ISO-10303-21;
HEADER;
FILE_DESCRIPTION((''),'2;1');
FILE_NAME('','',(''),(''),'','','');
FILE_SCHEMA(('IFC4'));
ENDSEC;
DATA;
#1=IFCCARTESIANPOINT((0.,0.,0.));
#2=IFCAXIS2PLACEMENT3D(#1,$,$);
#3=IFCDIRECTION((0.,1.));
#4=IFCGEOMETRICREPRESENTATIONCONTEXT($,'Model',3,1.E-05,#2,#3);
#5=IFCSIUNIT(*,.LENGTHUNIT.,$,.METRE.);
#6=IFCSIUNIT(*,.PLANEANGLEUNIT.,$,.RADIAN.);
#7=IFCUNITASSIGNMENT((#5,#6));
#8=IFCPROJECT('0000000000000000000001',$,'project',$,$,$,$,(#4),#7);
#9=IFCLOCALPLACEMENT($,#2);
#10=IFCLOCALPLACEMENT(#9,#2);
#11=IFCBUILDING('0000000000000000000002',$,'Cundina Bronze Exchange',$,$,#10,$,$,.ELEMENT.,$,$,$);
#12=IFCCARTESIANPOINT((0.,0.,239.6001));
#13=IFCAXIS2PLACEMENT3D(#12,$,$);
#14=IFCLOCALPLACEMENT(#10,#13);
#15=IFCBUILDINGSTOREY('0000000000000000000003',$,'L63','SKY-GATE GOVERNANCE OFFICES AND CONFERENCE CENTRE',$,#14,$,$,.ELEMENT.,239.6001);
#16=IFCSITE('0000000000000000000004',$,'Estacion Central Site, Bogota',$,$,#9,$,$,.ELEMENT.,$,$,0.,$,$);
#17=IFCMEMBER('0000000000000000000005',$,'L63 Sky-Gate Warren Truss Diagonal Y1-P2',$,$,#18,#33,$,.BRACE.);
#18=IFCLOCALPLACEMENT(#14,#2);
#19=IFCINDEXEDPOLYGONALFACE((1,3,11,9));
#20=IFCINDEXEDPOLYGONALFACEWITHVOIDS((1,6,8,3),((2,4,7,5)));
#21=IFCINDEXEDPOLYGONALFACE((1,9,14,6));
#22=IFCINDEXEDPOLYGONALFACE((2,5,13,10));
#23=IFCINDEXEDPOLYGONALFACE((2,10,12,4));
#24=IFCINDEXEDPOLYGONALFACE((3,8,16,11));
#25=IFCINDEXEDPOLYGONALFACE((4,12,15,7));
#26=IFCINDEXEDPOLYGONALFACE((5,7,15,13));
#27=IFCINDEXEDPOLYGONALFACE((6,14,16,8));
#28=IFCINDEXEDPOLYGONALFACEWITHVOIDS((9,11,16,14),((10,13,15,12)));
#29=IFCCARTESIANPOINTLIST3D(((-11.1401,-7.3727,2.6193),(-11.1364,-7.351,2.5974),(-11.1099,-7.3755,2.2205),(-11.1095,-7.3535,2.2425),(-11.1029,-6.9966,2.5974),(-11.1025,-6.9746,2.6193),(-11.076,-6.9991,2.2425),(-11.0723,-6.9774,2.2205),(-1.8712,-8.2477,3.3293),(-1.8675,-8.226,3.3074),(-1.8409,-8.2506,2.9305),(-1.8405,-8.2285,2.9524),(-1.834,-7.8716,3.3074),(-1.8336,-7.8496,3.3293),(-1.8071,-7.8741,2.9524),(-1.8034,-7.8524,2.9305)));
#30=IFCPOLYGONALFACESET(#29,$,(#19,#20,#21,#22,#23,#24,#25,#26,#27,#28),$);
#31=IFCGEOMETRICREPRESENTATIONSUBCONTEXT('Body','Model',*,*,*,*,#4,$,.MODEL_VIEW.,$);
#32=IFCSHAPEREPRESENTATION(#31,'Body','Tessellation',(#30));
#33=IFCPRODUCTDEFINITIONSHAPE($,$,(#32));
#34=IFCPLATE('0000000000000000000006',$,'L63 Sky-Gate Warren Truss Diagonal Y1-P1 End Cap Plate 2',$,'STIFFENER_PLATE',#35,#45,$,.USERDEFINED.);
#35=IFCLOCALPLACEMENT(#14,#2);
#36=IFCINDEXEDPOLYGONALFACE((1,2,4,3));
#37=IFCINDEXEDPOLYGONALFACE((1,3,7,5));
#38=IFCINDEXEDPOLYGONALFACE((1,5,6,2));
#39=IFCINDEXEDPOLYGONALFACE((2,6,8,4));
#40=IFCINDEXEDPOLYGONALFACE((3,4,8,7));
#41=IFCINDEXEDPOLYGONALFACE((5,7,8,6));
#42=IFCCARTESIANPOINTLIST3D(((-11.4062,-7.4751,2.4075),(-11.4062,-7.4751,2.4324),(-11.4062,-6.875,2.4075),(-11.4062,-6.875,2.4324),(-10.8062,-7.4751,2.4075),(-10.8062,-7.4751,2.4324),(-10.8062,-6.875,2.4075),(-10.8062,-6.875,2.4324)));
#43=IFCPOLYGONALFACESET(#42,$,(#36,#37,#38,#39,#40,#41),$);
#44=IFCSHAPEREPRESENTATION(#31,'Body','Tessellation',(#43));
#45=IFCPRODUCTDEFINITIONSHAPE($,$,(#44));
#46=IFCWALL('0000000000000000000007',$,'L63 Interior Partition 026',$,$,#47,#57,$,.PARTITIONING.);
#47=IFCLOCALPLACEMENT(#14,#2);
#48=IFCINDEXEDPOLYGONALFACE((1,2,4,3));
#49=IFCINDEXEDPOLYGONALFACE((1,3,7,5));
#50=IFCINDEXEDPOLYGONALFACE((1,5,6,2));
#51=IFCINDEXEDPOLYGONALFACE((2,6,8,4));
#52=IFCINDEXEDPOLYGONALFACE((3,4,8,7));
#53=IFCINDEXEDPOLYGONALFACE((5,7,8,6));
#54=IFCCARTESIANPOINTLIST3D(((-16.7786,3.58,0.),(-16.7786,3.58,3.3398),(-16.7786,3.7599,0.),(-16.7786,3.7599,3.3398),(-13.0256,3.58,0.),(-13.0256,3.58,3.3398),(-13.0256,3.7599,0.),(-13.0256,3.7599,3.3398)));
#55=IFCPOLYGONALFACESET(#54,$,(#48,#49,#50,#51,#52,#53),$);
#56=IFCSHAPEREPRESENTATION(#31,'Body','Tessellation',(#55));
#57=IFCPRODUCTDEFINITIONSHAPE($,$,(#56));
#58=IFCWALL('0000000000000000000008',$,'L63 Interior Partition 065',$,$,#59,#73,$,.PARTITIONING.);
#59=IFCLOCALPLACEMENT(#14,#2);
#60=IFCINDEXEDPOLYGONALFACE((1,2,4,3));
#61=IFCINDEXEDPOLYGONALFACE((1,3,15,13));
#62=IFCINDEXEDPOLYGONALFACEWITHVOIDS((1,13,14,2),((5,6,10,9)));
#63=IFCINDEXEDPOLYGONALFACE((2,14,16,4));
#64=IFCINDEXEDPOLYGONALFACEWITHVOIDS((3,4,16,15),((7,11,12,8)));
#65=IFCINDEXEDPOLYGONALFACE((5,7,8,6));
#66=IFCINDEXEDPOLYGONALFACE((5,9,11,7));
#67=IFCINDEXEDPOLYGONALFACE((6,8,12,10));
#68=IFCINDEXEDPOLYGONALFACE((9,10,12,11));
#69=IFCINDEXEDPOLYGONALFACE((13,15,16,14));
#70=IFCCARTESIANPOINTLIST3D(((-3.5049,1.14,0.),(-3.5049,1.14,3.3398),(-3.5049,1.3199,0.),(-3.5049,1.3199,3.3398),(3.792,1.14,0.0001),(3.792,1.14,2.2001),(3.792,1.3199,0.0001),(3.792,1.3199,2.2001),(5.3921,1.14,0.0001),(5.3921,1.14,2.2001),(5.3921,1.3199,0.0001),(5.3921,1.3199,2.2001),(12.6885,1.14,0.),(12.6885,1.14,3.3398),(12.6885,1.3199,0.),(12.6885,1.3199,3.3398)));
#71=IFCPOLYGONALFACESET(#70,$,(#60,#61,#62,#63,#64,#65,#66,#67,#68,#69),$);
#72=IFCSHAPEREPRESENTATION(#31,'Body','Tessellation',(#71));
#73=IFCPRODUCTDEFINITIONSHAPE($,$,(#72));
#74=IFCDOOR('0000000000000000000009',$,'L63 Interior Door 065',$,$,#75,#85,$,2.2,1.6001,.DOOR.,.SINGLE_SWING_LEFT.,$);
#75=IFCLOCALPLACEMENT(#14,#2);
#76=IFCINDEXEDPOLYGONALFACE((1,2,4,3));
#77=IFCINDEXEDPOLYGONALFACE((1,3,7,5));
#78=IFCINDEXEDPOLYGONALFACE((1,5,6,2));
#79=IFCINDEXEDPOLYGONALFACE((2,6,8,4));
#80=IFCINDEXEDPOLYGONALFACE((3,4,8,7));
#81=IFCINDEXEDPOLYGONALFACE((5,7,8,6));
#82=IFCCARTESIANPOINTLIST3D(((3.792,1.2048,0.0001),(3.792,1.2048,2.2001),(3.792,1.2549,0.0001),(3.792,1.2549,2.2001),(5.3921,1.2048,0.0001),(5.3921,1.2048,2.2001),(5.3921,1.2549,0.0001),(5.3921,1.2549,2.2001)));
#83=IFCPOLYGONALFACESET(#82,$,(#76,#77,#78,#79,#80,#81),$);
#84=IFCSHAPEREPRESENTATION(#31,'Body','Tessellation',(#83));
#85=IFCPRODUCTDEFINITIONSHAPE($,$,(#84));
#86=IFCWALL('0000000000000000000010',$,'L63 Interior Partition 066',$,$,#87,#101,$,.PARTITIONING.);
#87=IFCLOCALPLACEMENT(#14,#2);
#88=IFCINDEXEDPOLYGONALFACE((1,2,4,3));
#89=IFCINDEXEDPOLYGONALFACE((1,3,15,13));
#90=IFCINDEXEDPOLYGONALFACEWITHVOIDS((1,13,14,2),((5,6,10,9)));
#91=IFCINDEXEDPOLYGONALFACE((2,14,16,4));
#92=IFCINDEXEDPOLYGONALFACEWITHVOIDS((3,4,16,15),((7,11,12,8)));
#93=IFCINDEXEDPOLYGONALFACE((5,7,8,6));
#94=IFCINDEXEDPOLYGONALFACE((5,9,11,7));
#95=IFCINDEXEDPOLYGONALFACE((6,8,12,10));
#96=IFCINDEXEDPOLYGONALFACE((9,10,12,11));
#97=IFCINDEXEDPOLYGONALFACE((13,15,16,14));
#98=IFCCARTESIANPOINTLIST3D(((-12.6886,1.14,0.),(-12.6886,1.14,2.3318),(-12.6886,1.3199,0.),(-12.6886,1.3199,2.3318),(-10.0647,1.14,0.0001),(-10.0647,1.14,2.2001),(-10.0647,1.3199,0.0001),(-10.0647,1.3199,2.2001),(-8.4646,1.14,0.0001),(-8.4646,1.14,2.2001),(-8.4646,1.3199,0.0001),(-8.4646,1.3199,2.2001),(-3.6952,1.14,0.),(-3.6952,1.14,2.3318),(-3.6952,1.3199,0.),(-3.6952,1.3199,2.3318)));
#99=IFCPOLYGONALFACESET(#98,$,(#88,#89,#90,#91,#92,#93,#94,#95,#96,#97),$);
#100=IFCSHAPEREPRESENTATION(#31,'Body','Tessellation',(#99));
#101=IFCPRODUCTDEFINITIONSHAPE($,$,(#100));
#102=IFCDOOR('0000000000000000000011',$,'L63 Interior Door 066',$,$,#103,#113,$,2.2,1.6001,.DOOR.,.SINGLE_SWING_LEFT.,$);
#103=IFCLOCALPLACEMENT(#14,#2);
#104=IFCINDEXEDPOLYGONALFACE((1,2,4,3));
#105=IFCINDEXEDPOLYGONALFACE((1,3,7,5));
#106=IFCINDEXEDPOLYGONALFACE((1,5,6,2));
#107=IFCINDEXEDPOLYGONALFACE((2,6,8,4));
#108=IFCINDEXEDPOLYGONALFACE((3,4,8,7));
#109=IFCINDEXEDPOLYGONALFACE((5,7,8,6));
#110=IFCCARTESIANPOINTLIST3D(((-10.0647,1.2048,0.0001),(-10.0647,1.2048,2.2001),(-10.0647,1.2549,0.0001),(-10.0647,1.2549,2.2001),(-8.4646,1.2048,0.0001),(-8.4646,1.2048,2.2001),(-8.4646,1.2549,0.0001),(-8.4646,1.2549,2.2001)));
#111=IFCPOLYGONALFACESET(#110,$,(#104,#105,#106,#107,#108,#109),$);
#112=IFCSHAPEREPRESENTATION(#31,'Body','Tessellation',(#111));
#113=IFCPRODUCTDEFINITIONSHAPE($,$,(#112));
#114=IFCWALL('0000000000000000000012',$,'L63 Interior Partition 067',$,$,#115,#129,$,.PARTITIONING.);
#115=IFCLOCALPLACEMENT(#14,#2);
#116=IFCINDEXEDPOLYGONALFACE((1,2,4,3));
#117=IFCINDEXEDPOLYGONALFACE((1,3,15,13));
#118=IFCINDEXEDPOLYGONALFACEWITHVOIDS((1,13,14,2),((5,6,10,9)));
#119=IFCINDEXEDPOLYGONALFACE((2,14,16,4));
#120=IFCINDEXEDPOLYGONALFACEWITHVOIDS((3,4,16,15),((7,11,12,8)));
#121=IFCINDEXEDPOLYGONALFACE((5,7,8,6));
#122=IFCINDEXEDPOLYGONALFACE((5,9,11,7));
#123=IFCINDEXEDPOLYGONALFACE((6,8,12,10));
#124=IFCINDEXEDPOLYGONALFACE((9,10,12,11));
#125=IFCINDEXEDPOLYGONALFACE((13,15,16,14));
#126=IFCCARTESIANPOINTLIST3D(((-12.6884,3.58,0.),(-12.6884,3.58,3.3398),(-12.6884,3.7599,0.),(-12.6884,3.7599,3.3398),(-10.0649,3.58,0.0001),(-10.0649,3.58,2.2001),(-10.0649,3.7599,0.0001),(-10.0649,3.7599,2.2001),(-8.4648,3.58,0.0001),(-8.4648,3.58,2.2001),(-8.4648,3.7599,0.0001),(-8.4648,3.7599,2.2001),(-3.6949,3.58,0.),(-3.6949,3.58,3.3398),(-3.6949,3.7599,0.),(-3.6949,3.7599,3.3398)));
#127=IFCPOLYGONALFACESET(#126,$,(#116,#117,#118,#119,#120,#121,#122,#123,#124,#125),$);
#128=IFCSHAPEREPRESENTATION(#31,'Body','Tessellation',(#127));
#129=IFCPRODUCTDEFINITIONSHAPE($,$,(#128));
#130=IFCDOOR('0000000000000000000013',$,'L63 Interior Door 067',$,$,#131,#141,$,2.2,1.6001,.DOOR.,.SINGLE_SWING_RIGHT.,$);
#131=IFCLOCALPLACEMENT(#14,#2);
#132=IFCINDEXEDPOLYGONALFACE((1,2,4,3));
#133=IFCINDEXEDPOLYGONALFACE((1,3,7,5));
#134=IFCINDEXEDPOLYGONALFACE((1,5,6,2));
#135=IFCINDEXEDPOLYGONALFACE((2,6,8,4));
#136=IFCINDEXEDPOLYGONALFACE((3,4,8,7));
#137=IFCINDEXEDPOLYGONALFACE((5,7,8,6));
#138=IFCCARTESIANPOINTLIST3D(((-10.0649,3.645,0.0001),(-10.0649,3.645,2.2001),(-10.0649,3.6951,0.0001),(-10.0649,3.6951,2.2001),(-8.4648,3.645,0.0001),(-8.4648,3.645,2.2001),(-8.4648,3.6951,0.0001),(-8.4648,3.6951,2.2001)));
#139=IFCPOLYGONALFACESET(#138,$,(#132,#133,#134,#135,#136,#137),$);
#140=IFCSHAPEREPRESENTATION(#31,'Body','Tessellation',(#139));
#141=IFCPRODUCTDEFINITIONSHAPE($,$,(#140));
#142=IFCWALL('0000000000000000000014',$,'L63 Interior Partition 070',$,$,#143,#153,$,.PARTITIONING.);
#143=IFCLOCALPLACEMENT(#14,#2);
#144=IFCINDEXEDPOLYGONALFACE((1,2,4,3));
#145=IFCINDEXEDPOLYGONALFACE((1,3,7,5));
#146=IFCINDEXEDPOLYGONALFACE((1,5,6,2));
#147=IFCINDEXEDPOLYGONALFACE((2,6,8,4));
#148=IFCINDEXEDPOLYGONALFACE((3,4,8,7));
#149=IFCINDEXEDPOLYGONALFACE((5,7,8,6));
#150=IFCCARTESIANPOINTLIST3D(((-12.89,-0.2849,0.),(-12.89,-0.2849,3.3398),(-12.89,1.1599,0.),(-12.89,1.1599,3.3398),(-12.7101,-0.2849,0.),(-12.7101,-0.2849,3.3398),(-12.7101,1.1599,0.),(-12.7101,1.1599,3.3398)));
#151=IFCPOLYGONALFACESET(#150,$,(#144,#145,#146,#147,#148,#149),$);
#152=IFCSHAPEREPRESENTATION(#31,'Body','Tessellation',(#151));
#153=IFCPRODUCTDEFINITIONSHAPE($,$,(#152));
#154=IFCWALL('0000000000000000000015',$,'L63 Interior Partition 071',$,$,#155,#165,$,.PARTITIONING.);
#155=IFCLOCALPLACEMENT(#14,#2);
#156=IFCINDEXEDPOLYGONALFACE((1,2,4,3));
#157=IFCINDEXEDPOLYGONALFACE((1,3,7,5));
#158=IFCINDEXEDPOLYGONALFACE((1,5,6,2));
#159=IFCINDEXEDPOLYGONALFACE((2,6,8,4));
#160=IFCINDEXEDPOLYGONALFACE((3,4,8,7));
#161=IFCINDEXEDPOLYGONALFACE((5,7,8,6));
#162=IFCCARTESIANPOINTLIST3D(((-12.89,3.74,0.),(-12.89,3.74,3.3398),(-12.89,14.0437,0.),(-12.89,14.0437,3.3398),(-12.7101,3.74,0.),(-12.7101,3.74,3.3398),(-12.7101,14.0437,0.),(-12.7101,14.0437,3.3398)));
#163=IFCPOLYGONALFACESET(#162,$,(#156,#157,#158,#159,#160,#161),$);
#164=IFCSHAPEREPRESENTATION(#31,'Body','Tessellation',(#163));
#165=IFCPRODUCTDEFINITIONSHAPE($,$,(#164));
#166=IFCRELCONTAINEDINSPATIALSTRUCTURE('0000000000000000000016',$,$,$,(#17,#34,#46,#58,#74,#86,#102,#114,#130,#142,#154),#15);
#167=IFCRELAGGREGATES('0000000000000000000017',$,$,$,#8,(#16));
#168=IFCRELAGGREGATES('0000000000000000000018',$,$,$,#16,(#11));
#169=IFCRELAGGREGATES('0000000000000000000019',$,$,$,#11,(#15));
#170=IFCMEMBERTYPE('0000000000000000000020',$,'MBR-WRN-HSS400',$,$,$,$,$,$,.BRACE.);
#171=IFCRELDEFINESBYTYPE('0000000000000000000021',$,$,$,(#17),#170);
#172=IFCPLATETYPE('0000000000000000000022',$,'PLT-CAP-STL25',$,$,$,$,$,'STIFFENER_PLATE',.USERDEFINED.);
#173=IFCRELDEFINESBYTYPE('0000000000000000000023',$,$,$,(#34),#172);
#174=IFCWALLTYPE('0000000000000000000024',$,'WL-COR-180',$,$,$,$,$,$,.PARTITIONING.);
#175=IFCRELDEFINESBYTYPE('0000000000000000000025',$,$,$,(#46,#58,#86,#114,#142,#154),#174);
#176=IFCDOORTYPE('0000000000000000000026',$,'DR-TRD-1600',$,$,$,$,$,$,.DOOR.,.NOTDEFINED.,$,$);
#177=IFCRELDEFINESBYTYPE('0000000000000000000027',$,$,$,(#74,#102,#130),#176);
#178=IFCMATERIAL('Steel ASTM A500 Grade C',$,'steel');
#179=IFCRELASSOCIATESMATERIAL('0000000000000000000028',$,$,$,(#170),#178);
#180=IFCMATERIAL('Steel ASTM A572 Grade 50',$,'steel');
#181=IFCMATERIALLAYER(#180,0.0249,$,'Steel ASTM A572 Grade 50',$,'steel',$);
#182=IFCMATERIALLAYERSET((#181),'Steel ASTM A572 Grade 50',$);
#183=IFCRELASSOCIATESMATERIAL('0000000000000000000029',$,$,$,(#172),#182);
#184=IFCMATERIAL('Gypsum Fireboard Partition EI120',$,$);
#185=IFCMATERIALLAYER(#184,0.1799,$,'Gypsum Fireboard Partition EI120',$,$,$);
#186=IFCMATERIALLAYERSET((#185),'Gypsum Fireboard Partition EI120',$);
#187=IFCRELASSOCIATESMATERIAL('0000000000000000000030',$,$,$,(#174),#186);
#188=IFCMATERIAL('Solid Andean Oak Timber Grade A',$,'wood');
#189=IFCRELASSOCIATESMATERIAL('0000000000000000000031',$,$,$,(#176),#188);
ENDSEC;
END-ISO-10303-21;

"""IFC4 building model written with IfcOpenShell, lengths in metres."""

from ifc_helpers import new_model, si_unit, direction, frame, frame_2d, origin, origin_2d, place, context, subcontext, project, spatial, rectangle, hollow_rectangle, extrude, material, layer, layer_set, material_profile, profile_set, type_object, element, fill, save


model = new_model("IFC4")

# Units and contexts
model_context = context("Model", 3, precision=1e-05, world=origin(), true_north=direction((0.0, 1.0)))
body_context = subcontext(model_context, "Body", "Model", "MODEL_VIEW")
ifc_project = project(units=[si_unit("LENGTHUNIT", "METRE"), si_unit("PLANEANGLEUNIT", "RADIAN")], contexts=[model_context])

# Site, building, storey
site_placement = place(None, origin())
site = spatial("IfcSite", under=ifc_project, at=site_placement, Name="Estacion Central Site, Bogota", CompositionType="ELEMENT", RefElevation=0.0)
building_placement = place(site_placement, origin())
building = spatial("IfcBuilding", under=site, at=building_placement, Name="Cundina Bronze Exchange", CompositionType="ELEMENT")
storey_placement = place(building_placement, frame((0.0, 0.0, 239.6001)))
storey = spatial("IfcBuildingStorey", under=building, at=storey_placement, Name="L63", Description="SKY-GATE GOVERNANCE OFFICES AND CONFERENCE CENTRE", CompositionType="ELEMENT", Elevation=239.6001)

# Member
ifc_material_1 = material(Name="Steel ASTM A500 Grade C", Category="steel")
ifc_material_profile_1 = material_profile(ifc_material_1, hollow_rectangle(XDim=0.3999, YDim=0.3999, WallThickness=0.022, at=origin_2d()), Name="HSS400X400X22", Category="steel")
ifc_profile_set_1 = profile_set([ifc_material_profile_1], Name="Steel ASTM A500 Grade C")
member_type = type_object("IfcMemberType", Name="MBR-WRN-HSS400", PredefinedType="BRACE", material=ifc_profile_set_1)
member_placement = place(storey_placement, frame((-11.1062, -7.175, 2.4199), z_axis=(0.992691, -0.093713, 0.076037), x_axis=(0.093985, 0.995574, 0.0)))
element("IfcMember", 1, at=member_placement, inside=storey, type_object=member_type, Name="L63 Sky-Gate Warren Truss Diagonal Y1-P2", PredefinedType="BRACE", context=body_context, shape_type="SweptSolid", body=[
    extrude(hollow_rectangle(XDim=0.3999, YDim=0.3999, WallThickness=0.022, at=origin_2d()), origin(), (0.0, 0.0, 1.0), 9.3372),
])

# Plate
ifc_material_2 = material(Name="Steel ASTM A572 Grade 50", Category="steel")
ifc_layer_1 = layer(ifc_material_2, 0.0249, Name="Steel ASTM A572 Grade 50", Category="steel")
ifc_layer_set_1 = layer_set([ifc_layer_1], Name="Steel ASTM A572 Grade 50")
plate_type = type_object("IfcPlateType", Name="PLT-CAP-STL25", ElementType="STIFFENER_PLATE", PredefinedType="USERDEFINED", material=ifc_layer_set_1)
plate_placement = place(storey_placement, frame((-11.1062, -7.175, 2.4075), z_axis=(0.0, 0.0, 1.0), x_axis=(1.0, 0.0, 0.0)))
element("IfcPlate", 2, at=plate_placement, inside=storey, type_object=plate_type, Name="L63 Sky-Gate Warren Truss Diagonal Y1-P1 End Cap Plate 2", ObjectType="STIFFENER_PLATE", PredefinedType="USERDEFINED", context=body_context, shape_type="SweptSolid", body=[
    extrude(rectangle(XDim=0.6001, YDim=0.6001, at=origin_2d()), origin(), (0.0, 0.0, 1.0), 0.0249),
])

# Wall
ifc_material_3 = material(Name="Gypsum Fireboard Partition EI120")
ifc_layer_2 = layer(ifc_material_3, 0.1799, Name="Gypsum Fireboard Partition EI120")
ifc_layer_set_2 = layer_set([ifc_layer_2], Name="Gypsum Fireboard Partition EI120")
wall_type = type_object("IfcWallType", Name="WL-COR-180", PredefinedType="PARTITIONING", material=ifc_layer_set_2)
wall_1_placement = place(storey_placement, frame((-13.0256, 3.6699, 0.0), z_axis=(0.0, 0.0, 1.0), x_axis=(-1.0, 0.0, 0.0)))
element("IfcWall", 3, at=wall_1_placement, inside=storey, type_object=wall_type, Name="L63 Interior Partition 026", PredefinedType="PARTITIONING", context=body_context, shape_type="SweptSolid", body=[
    extrude(rectangle(XDim=3.7529, YDim=0.1799, at=frame_2d((1.8765, 0.0))), origin(), (0.0, 0.0, 1.0), 3.3398),
])

# Walls, openings, doors
wall_2_placement = place(storey_placement, frame((-3.5049, 1.23, 0.0), z_axis=(0.0, 0.0, 1.0), x_axis=(1.0, 0.0, 0.0)))
wall_2 = element("IfcWall", 4, at=wall_2_placement, inside=storey, type_object=wall_type, Name="L63 Interior Partition 065", PredefinedType="PARTITIONING", context=body_context, shape_type="SweptSolid", body=[
    extrude(rectangle(XDim=16.1934, YDim=0.1799, at=frame_2d((8.0967, 0.0))), origin(), (0.0, 0.0, 1.0), 3.3398),
])
opening_1_placement = place(wall_2_placement, frame((7.2969, 0.0, 0.0)))
opening_1 = element("IfcOpeningElement", 5, at=opening_1_placement, cuts=wall_2, PredefinedType="OPENING", context=body_context, shape_type="SweptSolid", body=[
    extrude(rectangle(XDim=1.6001, YDim=2.2, at=frame_2d((0.8, 1.1001))), frame((0.0, 0.0999, 0.0), z_axis=(0.0, -1.0, 0.0), x_axis=(1.0, 0.0, 0.0)), (0.0, 0.0, 1.0), 0.2),
])
ifc_material_4 = material(Name="Solid Andean Oak Timber Grade A", Category="wood")
door_type_1 = type_object("IfcDoorType", Name="DR-TRD-1600", OperationType="NOTDEFINED", PredefinedType="DOOR", material=ifc_material_4)
door_1_placement = place(opening_1_placement, origin())
door_1 = element("IfcDoor", 6, at=door_1_placement, inside=storey, type_object=door_type_1, Name="L63 Interior Door 065", OperationType="SINGLE_SWING_LEFT", OverallHeight=2.2, OverallWidth=1.6001, PredefinedType="DOOR", context=body_context, shape_type="SweptSolid", body=[
    extrude(rectangle(XDim=1.6001, YDim=2.2, at=frame_2d((0.8, 1.1001))), frame((0.0, 0.0249, 0.0), z_axis=(0.0, -1.0, 0.0), x_axis=(1.0, 0.0, 0.0)), (0.0, 0.0, 1.0), 0.05),
])
fill(opening_1, door_1)
wall_3_placement = place(storey_placement, frame((-12.6885, 1.23, 0.0), z_axis=(0.0, 0.0, 1.0), x_axis=(1.0, 0.0, 0.0)))
wall_3 = element("IfcWall", 7, at=wall_3_placement, inside=storey, type_object=wall_type, Name="L63 Interior Partition 066", PredefinedType="PARTITIONING", context=body_context, shape_type="SweptSolid", body=[
    extrude(rectangle(XDim=8.9934, YDim=0.1799, at=frame_2d((4.4966, 0.0))), origin(), (0.0, 0.0, 1.0), 2.3318),
])
opening_2_placement = place(wall_3_placement, frame((2.6238, 0.0, 0.0)))
opening_2 = element("IfcOpeningElement", 8, at=opening_2_placement, cuts=wall_3, PredefinedType="OPENING", context=body_context, shape_type="SweptSolid", body=[
    extrude(rectangle(XDim=1.6001, YDim=2.2, at=frame_2d((0.8, 1.1001))), frame((0.0, 0.0999, 0.0), z_axis=(0.0, -1.0, 0.0), x_axis=(1.0, 0.0, 0.0)), (0.0, 0.0, 1.0), 0.2),
])
door_2_placement = place(opening_2_placement, origin())
door_2 = element("IfcDoor", 9, at=door_2_placement, inside=storey, type_object=door_type_1, Name="L63 Interior Door 066", OperationType="SINGLE_SWING_LEFT", OverallHeight=2.2, OverallWidth=1.6001, PredefinedType="DOOR", context=body_context, shape_type="SweptSolid", body=[
    extrude(rectangle(XDim=1.6001, YDim=2.2, at=frame_2d((0.8, 1.1001))), frame((0.0, 0.0249, 0.0), z_axis=(0.0, -1.0, 0.0), x_axis=(1.0, 0.0, 0.0)), (0.0, 0.0, 1.0), 0.05),
])
fill(opening_2, door_2)
wall_4_placement = place(storey_placement, frame((-3.6951, 3.6699, 0.0), z_axis=(0.0, 0.0, 1.0), x_axis=(-1.0, 0.0, 0.0)))
wall_4 = element("IfcWall", 10, at=wall_4_placement, inside=storey, type_object=wall_type, Name="L63 Interior Partition 067", PredefinedType="PARTITIONING", context=body_context, shape_type="SweptSolid", body=[
    extrude(rectangle(XDim=8.9934, YDim=0.1799, at=frame_2d((4.4966, 0.0))), origin(), (0.0, 0.0, 1.0), 3.3398),
])
opening_3_placement = place(wall_4_placement, frame((4.7698, 0.0, 0.0)))
opening_3 = element("IfcOpeningElement", 11, at=opening_3_placement, cuts=wall_4, PredefinedType="OPENING", context=body_context, shape_type="SweptSolid", body=[
    extrude(rectangle(XDim=1.6001, YDim=2.2, at=frame_2d((0.8, 1.1001))), frame((0.0, 0.0999, 0.0), z_axis=(0.0, -1.0, 0.0), x_axis=(1.0, 0.0, 0.0)), (0.0, 0.0, 1.0), 0.2),
])
door_3_placement = place(opening_3_placement, origin())
door_3 = element("IfcDoor", 12, at=door_3_placement, inside=storey, type_object=door_type_1, Name="L63 Interior Door 067", OperationType="SINGLE_SWING_RIGHT", OverallHeight=2.2, OverallWidth=1.6001, PredefinedType="DOOR", context=body_context, shape_type="SweptSolid", body=[
    extrude(rectangle(XDim=1.6001, YDim=2.2, at=frame_2d((0.8, 1.1001))), frame((0.0, 0.0249, 0.0), z_axis=(0.0, -1.0, 0.0), x_axis=(1.0, 0.0, 0.0)), (0.0, 0.0, 1.0), 0.05),
])
fill(opening_3, door_3)

# Walls
wall_5_placement = place(storey_placement, frame((-12.8, -0.2849, 0.0), z_axis=(0.0, 0.0, 1.0), x_axis=(0.0, 1.0, 0.0)))
element("IfcWall", 13, at=wall_5_placement, inside=storey, type_object=wall_type, Name="L63 Interior Partition 070", PredefinedType="PARTITIONING", context=body_context, shape_type="SweptSolid", body=[
    extrude(rectangle(XDim=1.4448, YDim=0.1799, at=frame_2d((0.7224, 0.0))), origin(), (0.0, 0.0, 1.0), 3.3398),
])
wall_6_placement = place(storey_placement, frame((-12.8, 3.74, 0.0), z_axis=(0.0, 0.0, 1.0), x_axis=(0.0, 1.0, 0.0)))
element("IfcWall", 14, at=wall_6_placement, inside=storey, type_object=wall_type, Name="L63 Interior Partition 071", PredefinedType="PARTITIONING", context=body_context, shape_type="SweptSolid", body=[
    extrude(rectangle(XDim=10.3037, YDim=0.1799, at=frame_2d((5.1519, 0.0))), origin(), (0.0, 0.0, 1.0), 3.3398),
])

save(model, "model.ifc")
